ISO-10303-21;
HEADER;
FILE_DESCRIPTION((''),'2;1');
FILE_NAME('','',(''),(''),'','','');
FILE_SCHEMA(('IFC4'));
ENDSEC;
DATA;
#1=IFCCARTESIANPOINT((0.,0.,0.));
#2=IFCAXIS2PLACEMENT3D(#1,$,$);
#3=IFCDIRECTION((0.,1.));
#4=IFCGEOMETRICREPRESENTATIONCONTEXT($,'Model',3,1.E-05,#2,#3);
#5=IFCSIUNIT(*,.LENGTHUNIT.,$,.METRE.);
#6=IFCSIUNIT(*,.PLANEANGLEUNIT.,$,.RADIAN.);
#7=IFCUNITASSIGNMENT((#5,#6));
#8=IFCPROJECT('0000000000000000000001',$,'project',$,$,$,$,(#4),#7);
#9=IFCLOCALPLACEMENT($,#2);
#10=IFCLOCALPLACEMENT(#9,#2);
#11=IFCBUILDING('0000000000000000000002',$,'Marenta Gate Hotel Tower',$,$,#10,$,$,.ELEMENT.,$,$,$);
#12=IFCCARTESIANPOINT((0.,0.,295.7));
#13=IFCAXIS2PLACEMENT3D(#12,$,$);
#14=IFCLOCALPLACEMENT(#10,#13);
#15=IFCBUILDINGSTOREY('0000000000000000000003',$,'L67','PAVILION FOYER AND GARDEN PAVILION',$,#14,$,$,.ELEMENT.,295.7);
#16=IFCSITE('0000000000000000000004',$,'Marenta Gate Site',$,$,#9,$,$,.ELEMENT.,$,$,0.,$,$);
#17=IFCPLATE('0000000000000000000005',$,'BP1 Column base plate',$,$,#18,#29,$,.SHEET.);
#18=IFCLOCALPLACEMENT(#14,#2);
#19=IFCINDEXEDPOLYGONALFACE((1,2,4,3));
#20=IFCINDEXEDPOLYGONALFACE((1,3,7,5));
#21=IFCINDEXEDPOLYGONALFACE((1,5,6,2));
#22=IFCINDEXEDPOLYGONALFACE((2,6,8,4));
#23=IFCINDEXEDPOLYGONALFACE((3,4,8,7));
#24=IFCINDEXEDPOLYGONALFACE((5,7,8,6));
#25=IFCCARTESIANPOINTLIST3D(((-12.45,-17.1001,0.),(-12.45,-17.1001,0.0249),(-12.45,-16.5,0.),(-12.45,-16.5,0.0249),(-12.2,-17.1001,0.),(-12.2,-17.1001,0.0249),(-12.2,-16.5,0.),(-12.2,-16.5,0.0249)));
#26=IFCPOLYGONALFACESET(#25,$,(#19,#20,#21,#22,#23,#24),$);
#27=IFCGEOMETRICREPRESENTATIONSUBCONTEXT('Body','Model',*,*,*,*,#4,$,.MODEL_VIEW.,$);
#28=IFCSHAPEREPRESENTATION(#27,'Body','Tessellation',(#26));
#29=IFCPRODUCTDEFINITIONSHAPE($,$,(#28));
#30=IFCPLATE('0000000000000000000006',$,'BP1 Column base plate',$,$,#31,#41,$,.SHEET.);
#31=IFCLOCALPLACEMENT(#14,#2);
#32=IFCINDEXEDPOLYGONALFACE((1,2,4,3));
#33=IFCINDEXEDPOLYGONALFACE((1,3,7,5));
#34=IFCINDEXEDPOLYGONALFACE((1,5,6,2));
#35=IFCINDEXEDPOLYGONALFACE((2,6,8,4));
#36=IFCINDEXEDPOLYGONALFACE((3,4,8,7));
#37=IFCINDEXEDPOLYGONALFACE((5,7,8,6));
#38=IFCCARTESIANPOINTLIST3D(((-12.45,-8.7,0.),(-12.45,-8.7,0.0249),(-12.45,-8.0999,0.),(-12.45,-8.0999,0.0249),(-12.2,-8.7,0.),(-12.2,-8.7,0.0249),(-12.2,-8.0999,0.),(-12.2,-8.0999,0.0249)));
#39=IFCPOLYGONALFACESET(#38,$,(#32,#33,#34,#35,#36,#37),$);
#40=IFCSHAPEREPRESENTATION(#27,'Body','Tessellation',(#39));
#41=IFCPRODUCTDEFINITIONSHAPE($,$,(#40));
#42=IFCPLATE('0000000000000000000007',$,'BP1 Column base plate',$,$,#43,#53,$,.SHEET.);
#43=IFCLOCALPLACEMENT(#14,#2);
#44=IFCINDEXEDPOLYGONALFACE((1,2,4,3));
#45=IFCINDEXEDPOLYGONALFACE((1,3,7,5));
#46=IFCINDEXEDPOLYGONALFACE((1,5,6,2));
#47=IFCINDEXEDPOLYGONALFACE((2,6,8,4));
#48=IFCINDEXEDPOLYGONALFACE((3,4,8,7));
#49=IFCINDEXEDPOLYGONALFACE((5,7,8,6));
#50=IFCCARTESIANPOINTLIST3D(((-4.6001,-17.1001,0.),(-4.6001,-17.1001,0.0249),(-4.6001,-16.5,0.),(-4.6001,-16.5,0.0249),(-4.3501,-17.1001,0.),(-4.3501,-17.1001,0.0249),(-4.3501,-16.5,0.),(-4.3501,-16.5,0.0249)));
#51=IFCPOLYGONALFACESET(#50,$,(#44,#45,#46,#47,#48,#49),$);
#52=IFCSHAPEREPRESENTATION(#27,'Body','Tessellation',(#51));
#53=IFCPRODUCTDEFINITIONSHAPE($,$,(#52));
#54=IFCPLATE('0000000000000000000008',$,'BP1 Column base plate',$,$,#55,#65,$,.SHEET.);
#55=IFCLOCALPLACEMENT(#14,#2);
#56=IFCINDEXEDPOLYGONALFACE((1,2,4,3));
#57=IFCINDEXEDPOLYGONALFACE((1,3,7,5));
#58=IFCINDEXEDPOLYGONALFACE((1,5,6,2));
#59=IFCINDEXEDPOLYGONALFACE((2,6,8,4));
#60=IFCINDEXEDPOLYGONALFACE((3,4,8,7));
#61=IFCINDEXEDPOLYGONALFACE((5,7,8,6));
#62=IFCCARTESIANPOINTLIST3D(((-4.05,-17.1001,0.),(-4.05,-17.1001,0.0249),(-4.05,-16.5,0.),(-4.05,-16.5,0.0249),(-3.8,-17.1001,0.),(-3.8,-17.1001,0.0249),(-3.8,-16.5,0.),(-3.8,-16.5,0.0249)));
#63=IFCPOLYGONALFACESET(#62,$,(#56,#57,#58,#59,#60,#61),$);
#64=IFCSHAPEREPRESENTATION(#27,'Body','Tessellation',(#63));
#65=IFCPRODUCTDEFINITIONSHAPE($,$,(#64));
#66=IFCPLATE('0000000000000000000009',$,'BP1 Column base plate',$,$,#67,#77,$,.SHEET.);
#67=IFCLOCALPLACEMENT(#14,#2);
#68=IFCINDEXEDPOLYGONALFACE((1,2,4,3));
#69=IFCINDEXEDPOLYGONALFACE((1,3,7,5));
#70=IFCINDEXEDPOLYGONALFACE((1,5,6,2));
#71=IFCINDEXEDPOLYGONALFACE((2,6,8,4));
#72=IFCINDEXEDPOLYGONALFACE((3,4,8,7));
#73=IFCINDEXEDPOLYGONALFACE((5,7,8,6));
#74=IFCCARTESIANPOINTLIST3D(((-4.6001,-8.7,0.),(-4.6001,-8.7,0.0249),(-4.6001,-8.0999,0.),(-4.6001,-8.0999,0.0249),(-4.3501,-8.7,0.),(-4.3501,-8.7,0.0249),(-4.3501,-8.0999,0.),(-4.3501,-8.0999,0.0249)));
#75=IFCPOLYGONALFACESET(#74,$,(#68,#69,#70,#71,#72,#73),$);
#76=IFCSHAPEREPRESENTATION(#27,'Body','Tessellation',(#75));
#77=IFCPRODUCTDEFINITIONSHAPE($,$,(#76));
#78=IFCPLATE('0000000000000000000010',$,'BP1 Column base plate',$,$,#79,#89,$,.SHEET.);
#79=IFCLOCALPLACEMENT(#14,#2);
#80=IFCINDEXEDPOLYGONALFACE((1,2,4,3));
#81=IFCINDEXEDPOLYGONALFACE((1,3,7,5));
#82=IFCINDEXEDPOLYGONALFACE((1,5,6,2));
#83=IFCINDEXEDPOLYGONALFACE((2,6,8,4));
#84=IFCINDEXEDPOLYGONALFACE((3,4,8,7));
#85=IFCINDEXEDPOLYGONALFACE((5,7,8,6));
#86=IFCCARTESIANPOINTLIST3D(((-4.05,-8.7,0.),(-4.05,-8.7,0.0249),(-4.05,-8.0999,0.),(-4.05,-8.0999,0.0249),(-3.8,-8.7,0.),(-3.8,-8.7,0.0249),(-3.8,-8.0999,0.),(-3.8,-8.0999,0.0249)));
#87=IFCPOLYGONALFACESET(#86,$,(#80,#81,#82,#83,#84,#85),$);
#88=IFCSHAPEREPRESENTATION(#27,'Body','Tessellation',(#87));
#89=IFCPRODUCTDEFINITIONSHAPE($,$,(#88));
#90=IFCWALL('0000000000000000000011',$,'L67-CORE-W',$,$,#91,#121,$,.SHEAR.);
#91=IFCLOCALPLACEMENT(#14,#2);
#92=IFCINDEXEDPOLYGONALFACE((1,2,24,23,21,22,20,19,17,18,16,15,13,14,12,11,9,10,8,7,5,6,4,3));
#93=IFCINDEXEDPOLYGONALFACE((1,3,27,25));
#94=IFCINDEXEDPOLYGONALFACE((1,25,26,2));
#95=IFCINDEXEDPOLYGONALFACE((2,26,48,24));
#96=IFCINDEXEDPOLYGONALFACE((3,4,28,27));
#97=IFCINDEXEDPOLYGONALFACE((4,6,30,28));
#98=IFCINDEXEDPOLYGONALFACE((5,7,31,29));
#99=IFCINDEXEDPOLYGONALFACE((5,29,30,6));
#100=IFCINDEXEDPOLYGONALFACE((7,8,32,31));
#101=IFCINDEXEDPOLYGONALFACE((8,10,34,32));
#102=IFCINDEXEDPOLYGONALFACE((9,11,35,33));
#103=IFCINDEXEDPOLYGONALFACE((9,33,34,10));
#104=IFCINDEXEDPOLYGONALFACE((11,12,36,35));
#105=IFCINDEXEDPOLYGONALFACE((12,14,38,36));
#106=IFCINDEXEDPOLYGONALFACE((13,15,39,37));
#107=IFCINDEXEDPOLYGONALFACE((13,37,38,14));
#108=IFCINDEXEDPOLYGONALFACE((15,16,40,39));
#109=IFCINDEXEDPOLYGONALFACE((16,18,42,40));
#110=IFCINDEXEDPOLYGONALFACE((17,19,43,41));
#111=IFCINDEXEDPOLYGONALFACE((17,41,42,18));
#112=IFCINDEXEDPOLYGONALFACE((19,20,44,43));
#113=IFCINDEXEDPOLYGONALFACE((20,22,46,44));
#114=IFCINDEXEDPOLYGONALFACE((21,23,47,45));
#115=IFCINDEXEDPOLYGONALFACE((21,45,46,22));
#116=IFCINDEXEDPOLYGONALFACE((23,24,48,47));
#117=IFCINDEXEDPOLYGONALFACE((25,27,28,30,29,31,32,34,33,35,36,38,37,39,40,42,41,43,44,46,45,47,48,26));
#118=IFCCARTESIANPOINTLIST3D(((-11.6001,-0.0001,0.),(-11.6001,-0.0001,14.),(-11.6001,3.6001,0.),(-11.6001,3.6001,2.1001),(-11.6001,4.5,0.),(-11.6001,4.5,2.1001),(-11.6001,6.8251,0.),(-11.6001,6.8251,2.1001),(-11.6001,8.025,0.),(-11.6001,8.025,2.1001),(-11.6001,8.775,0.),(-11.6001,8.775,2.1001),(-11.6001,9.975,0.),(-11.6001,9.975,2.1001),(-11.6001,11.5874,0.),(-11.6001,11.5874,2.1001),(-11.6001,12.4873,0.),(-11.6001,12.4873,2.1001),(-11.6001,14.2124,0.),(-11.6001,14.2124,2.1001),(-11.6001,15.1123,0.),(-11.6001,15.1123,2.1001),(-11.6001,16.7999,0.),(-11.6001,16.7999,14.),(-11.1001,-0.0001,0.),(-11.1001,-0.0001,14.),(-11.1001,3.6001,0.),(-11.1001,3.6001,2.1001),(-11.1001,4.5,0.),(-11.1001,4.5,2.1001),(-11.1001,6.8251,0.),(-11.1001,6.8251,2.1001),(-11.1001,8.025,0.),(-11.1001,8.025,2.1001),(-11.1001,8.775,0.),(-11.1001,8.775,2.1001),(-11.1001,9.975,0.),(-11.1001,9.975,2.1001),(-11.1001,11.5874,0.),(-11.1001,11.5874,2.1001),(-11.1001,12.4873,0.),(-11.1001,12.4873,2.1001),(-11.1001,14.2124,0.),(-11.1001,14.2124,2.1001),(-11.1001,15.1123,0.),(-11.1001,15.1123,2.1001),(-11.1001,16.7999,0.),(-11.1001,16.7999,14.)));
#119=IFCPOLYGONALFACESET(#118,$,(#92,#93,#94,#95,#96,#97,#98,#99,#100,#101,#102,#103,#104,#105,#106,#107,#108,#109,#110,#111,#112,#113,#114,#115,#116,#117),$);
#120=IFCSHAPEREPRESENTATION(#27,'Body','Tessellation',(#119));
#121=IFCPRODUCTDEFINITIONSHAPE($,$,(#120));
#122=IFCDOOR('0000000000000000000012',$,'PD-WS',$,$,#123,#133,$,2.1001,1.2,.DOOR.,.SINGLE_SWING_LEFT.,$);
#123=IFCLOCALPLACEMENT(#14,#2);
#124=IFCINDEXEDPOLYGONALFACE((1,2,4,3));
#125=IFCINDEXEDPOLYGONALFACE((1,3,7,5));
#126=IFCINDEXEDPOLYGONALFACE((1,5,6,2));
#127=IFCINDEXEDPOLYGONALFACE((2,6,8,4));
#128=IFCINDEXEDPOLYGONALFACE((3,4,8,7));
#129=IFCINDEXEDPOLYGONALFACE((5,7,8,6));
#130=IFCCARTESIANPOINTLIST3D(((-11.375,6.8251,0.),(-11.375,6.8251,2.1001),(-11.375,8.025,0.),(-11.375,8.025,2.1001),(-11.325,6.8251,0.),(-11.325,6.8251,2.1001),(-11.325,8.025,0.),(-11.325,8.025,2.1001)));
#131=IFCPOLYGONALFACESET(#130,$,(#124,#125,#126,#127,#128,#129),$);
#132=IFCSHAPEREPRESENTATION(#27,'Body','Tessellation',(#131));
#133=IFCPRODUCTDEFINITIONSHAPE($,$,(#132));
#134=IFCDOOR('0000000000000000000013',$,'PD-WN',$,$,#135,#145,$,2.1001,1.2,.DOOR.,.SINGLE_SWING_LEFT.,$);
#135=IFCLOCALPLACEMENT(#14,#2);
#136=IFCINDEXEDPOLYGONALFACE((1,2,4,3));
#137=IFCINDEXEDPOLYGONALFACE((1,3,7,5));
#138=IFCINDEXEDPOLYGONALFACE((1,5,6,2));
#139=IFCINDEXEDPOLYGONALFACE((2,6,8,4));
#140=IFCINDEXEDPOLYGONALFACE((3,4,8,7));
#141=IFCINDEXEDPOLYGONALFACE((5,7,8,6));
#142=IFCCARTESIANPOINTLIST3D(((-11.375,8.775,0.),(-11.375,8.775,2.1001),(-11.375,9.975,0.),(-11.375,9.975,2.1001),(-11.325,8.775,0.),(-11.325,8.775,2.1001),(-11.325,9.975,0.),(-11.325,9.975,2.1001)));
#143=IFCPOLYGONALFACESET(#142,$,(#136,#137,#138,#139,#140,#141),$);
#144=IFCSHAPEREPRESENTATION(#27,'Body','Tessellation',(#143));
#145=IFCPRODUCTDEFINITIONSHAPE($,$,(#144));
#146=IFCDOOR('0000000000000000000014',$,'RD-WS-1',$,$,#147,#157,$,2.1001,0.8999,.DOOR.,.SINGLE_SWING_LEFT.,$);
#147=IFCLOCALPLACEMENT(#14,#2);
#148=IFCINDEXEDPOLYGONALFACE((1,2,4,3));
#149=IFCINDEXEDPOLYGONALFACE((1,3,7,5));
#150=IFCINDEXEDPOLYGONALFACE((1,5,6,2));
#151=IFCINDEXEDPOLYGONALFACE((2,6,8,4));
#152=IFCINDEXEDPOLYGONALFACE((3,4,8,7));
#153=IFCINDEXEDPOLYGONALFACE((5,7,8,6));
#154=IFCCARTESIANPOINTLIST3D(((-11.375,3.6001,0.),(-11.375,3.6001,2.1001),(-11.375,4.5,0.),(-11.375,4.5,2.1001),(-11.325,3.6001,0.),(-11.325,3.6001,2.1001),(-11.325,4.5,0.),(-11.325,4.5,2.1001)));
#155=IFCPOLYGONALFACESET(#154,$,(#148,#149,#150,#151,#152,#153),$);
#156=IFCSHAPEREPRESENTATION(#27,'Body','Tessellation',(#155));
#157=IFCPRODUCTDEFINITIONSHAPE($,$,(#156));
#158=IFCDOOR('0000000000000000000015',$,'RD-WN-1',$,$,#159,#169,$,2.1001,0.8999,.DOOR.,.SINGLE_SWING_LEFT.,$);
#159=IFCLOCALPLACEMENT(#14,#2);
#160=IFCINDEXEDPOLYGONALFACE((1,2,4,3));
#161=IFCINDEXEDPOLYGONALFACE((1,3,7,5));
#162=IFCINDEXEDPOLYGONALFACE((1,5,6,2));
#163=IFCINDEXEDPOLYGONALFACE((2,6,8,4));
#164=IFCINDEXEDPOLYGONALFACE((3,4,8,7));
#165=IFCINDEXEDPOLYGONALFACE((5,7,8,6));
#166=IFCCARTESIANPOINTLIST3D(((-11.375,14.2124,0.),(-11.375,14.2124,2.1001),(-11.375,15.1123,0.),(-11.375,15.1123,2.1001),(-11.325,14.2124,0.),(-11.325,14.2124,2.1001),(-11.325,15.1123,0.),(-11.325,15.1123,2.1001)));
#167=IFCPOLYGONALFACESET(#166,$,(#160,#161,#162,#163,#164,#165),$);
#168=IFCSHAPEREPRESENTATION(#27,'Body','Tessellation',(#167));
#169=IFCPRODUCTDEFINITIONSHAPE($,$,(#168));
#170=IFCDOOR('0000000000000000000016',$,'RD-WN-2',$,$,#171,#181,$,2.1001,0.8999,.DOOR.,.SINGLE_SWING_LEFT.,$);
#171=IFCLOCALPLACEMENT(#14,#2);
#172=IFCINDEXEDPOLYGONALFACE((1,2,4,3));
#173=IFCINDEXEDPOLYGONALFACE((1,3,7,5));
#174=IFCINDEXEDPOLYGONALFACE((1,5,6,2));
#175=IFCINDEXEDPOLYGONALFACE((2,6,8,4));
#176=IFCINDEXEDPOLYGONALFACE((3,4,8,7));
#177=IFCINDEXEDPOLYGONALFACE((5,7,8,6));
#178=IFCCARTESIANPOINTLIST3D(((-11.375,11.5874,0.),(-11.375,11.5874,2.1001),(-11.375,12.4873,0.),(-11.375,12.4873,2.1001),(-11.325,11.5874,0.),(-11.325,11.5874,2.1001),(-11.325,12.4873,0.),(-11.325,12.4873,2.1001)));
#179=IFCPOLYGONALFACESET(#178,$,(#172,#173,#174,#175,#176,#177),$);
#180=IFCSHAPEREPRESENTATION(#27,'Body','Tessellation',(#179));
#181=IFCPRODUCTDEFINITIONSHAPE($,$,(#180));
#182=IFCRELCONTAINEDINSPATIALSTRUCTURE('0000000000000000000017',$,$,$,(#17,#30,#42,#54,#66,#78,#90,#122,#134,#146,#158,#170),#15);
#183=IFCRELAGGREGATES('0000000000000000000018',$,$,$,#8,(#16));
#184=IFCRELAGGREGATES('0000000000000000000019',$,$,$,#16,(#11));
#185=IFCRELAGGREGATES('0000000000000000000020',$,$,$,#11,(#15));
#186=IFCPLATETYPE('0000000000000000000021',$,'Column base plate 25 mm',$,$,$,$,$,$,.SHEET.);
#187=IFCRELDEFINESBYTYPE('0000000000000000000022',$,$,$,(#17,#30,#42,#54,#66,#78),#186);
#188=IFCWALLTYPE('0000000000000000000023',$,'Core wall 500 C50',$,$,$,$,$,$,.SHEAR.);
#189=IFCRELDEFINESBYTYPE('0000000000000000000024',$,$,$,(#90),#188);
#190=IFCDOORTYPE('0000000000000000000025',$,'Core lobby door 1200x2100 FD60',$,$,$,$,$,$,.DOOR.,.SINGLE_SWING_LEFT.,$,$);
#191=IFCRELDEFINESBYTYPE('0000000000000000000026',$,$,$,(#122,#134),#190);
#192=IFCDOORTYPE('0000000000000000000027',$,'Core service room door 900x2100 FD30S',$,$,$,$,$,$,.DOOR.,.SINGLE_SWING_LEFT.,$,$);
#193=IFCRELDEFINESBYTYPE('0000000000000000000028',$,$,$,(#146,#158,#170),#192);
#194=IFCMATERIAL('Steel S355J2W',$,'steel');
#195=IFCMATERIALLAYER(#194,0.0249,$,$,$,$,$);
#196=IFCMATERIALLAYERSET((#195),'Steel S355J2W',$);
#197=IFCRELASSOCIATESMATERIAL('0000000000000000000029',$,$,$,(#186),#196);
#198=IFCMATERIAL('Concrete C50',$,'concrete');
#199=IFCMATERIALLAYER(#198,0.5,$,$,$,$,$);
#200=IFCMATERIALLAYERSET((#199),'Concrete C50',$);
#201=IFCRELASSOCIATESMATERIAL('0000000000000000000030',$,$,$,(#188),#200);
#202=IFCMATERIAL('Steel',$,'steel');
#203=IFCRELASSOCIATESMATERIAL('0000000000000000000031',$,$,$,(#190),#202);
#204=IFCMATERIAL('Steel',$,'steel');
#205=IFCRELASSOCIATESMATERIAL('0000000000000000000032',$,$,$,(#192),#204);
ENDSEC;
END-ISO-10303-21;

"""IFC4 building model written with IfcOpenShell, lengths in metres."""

from ifc_helpers import new_model, si_unit, direction, frame, frame_2d, origin, origin_2d, place, context, subcontext, project, spatial, rectangle, extrude, material, layer, layer_set, type_object, element, fill, save


model = new_model("IFC4")

# Units and contexts
model_context = context("Model", 3, precision=1e-05, world=origin(), true_north=direction((0.0, 1.0)))
body_context = subcontext(model_context, "Body", "Model", "MODEL_VIEW")
ifc_project = project(units=[si_unit("LENGTHUNIT", "METRE"), si_unit("PLANEANGLEUNIT", "RADIAN")], contexts=[model_context])

# Site, building, storey
site_placement = place(None, origin())
site = spatial("IfcSite", under=ifc_project, at=site_placement, Name="Marenta Gate Site", CompositionType="ELEMENT", RefElevation=0.0)
building_placement = place(site_placement, origin())
building = spatial("IfcBuilding", under=site, at=building_placement, Name="Marenta Gate Hotel Tower", CompositionType="ELEMENT")
storey_placement = place(building_placement, frame((0.0, 0.0, 295.7)))
storey = spatial("IfcBuildingStorey", under=building, at=storey_placement, Name="L67", Description="PAVILION FOYER AND GARDEN PAVILION", CompositionType="ELEMENT", Elevation=295.7)

# Plates
ifc_material_1 = material(Name="Steel S355J2W", Category="steel")
ifc_layer_1 = layer(ifc_material_1, 0.0249)
ifc_layer_set_1 = layer_set([ifc_layer_1], Name="Steel S355J2W")
plate_type = type_object("IfcPlateType", Name="Column base plate 25 mm", PredefinedType="SHEET", material=ifc_layer_set_1)
for number, where, z_axis, x_axis, name in (
    (1, (-12.325, -16.8, 0.0), (0.0, 0.0, 1.0), (1.0, 0.0, 0.0), "BP1 Column base plate"),
    (2, (-12.325, -8.3999, 0.0), (0.0, 0.0, 1.0), (1.0, 0.0, 0.0), "BP1 Column base plate"),
    (3, (-4.4751, -16.8, 0.0), (0.0, 0.0, 1.0), (1.0, 0.0, 0.0), "BP1 Column base plate"),
    (4, (-3.925, -16.8, 0.0), (0.0, 0.0, 1.0), (1.0, 0.0, 0.0), "BP1 Column base plate"),
    (5, (-4.4751, -8.3999, 0.0), (0.0, 0.0, 1.0), (1.0, 0.0, 0.0), "BP1 Column base plate"),
    (6, (-3.925, -8.3999, 0.0), (0.0, 0.0, 1.0), (1.0, 0.0, 0.0), "BP1 Column base plate"),
):
    element("IfcPlate", number, at=place(storey_placement, frame(where, z_axis=z_axis, x_axis=x_axis)), inside=storey, type_object=plate_type, Name=name, PredefinedType="SHEET", context=body_context, shape_type="SweptSolid", body=[
        extrude(rectangle(XDim=0.25, YDim=0.6001, at=origin_2d()), origin(), (0.0, 0.0, 1.0), 0.0249),
    ])

# Wall, openings, doors
ifc_material_2 = material(Name="Concrete C50", Category="concrete")
ifc_layer_2 = layer(ifc_material_2, 0.5)
ifc_layer_set_2 = layer_set([ifc_layer_2], Name="Concrete C50")
wall_type = type_object("IfcWallType", Name="Core wall 500 C50", PredefinedType="SHEAR", material=ifc_layer_set_2)
wall_placement = place(storey_placement, frame((-11.3501, 0.0, 0.0), z_axis=(0.0, 0.0, 1.0), x_axis=(0.0, 1.0, 0.0)))
wall = element("IfcWall", 7, at=wall_placement, inside=storey, type_object=wall_type, Name="L67-CORE-W", PredefinedType="SHEAR", context=body_context, shape_type="SweptSolid", body=[
    extrude(rectangle(XDim=16.8, YDim=0.5, at=frame_2d((8.3999, 0.0))), origin(), (0.0, 0.0, 1.0), 14.0),
])
opening_1_placement = place(wall_placement, frame((3.6001, 0.0, 0.0)))
opening_1 = element("IfcOpeningElement", 8, at=opening_1_placement, cuts=wall, PredefinedType="OPENING", context=body_context, shape_type="SweptSolid", body=[
    extrude(rectangle(XDim=0.8999, YDim=2.1001, at=frame_2d((0.45, 1.05))), frame((0.0, 0.25, 0.0), z_axis=(0.0, -1.0, 0.0), x_axis=(1.0, 0.0, 0.0)), (0.0, 0.0, 1.0), 0.5),
])
opening_2_placement = place(wall_placement, frame((6.825, 0.0, 0.0)))
opening_2 = element("IfcOpeningElement", 9, at=opening_2_placement, cuts=wall, PredefinedType="OPENING", context=body_context, shape_type="SweptSolid", body=[
    extrude(rectangle(XDim=1.2, YDim=2.1001, at=frame_2d((0.6001, 1.05))), frame((0.0, 0.25, 0.0), z_axis=(0.0, -1.0, 0.0), x_axis=(1.0, 0.0, 0.0)), (0.0, 0.0, 1.0), 0.5),
])
opening_3_placement = place(wall_placement, frame((14.2124, 0.0, 0.0)))
opening_3 = element("IfcOpeningElement", 10, at=opening_3_placement, cuts=wall, PredefinedType="OPENING", context=body_context, shape_type="SweptSolid", body=[
    extrude(rectangle(XDim=0.8999, YDim=2.1001, at=frame_2d((0.45, 1.05))), frame((0.0, 0.25, 0.0), z_axis=(0.0, -1.0, 0.0), x_axis=(1.0, 0.0, 0.0)), (0.0, 0.0, 1.0), 0.5),
])
opening_4_placement = place(wall_placement, frame((11.5874, 0.0, 0.0)))
opening_4 = element("IfcOpeningElement", 11, at=opening_4_placement, cuts=wall, PredefinedType="OPENING", context=body_context, shape_type="SweptSolid", body=[
    extrude(rectangle(XDim=0.8999, YDim=2.1001, at=frame_2d((0.45, 1.05))), frame((0.0, 0.25, 0.0), z_axis=(0.0, -1.0, 0.0), x_axis=(1.0, 0.0, 0.0)), (0.0, 0.0, 1.0), 0.5),
])
opening_5_placement = place(wall_placement, frame((8.7749, 0.0, 0.0)))
opening_5 = element("IfcOpeningElement", 12, at=opening_5_placement, cuts=wall, PredefinedType="OPENING", context=body_context, shape_type="SweptSolid", body=[
    extrude(rectangle(XDim=1.2, YDim=2.1001, at=frame_2d((0.6001, 1.05))), frame((0.0, 0.25, 0.0), z_axis=(0.0, -1.0, 0.0), x_axis=(1.0, 0.0, 0.0)), (0.0, 0.0, 1.0), 0.5),
])
ifc_material_3 = material(Name="Steel", Category="steel")
door_type_1 = type_object("IfcDoorType", Name="Core lobby door 1200x2100 FD60", OperationType="SINGLE_SWING_LEFT", PredefinedType="DOOR", material=ifc_material_3)
door_1_placement = place(opening_2_placement, origin())
door_1 = element("IfcDoor", 13, at=door_1_placement, inside=storey, type_object=door_type_1, Name="PD-WS", OperationType="SINGLE_SWING_LEFT", OverallHeight=2.1001, OverallWidth=1.2, PredefinedType="DOOR", context=body_context, shape_type="SweptSolid", body=[
    extrude(rectangle(XDim=1.2, YDim=2.1001, at=frame_2d((0.6001, 1.05))), frame((0.0, 0.0249, 0.0), z_axis=(0.0, -1.0, 0.0), x_axis=(1.0, 0.0, 0.0)), (0.0, 0.0, 1.0), 0.05),
])
fill(opening_2, door_1)
door_2_placement = place(opening_5_placement, origin())
door_2 = element("IfcDoor", 14, at=door_2_placement, inside=storey, type_object=door_type_1, Name="PD-WN", OperationType="SINGLE_SWING_LEFT", OverallHeight=2.1001, OverallWidth=1.2, PredefinedType="DOOR", context=body_context, shape_type="SweptSolid", body=[
    extrude(rectangle(XDim=1.2, YDim=2.1001, at=frame_2d((0.6001, 1.05))), frame((0.0, 0.0249, 0.0), z_axis=(0.0, -1.0, 0.0), x_axis=(1.0, 0.0, 0.0)), (0.0, 0.0, 1.0), 0.05),
])
fill(opening_5, door_2)
ifc_material_4 = material(Name="Steel", Category="steel")
door_type_2 = type_object("IfcDoorType", Name="Core service room door 900x2100 FD30S", OperationType="SINGLE_SWING_LEFT", PredefinedType="DOOR", material=ifc_material_4)
door_3_placement = place(opening_1_placement, origin())
door_3 = element("IfcDoor", 15, at=door_3_placement, inside=storey, type_object=door_type_2, Name="RD-WS-1", OperationType="SINGLE_SWING_LEFT", OverallHeight=2.1001, OverallWidth=0.8999, PredefinedType="DOOR", context=body_context, shape_type="SweptSolid", body=[
    extrude(rectangle(XDim=0.8999, YDim=2.1001, at=frame_2d((0.45, 1.05))), frame((0.0, 0.0249, 0.0), z_axis=(0.0, -1.0, 0.0), x_axis=(1.0, 0.0, 0.0)), (0.0, 0.0, 1.0), 0.05),
])
fill(opening_1, door_3)
door_4_placement = place(opening_3_placement, origin())
door_4 = element("IfcDoor", 16, at=door_4_placement, inside=storey, type_object=door_type_2, Name="RD-WN-1", OperationType="SINGLE_SWING_LEFT", OverallHeight=2.1001, OverallWidth=0.8999, PredefinedType="DOOR", context=body_context, shape_type="SweptSolid", body=[
    extrude(rectangle(XDim=0.8999, YDim=2.1001, at=frame_2d((0.45, 1.05))), frame((0.0, 0.0249, 0.0), z_axis=(0.0, -1.0, 0.0), x_axis=(1.0, 0.0, 0.0)), (0.0, 0.0, 1.0), 0.05),
])
fill(opening_3, door_4)
door_5_placement = place(opening_4_placement, origin())
door_5 = element("IfcDoor", 17, at=door_5_placement, inside=storey, type_object=door_type_2, Name="RD-WN-2", OperationType="SINGLE_SWING_LEFT", OverallHeight=2.1001, OverallWidth=0.8999, PredefinedType="DOOR", context=body_context, shape_type="SweptSolid", body=[
    extrude(rectangle(XDim=0.8999, YDim=2.1001, at=frame_2d((0.45, 1.05))), frame((0.0, 0.0249, 0.0), z_axis=(0.0, -1.0, 0.0), x_axis=(1.0, 0.0, 0.0)), (0.0, 0.0, 1.0), 0.05),
])
fill(opening_4, door_5)

save(model, "model.ifc")
